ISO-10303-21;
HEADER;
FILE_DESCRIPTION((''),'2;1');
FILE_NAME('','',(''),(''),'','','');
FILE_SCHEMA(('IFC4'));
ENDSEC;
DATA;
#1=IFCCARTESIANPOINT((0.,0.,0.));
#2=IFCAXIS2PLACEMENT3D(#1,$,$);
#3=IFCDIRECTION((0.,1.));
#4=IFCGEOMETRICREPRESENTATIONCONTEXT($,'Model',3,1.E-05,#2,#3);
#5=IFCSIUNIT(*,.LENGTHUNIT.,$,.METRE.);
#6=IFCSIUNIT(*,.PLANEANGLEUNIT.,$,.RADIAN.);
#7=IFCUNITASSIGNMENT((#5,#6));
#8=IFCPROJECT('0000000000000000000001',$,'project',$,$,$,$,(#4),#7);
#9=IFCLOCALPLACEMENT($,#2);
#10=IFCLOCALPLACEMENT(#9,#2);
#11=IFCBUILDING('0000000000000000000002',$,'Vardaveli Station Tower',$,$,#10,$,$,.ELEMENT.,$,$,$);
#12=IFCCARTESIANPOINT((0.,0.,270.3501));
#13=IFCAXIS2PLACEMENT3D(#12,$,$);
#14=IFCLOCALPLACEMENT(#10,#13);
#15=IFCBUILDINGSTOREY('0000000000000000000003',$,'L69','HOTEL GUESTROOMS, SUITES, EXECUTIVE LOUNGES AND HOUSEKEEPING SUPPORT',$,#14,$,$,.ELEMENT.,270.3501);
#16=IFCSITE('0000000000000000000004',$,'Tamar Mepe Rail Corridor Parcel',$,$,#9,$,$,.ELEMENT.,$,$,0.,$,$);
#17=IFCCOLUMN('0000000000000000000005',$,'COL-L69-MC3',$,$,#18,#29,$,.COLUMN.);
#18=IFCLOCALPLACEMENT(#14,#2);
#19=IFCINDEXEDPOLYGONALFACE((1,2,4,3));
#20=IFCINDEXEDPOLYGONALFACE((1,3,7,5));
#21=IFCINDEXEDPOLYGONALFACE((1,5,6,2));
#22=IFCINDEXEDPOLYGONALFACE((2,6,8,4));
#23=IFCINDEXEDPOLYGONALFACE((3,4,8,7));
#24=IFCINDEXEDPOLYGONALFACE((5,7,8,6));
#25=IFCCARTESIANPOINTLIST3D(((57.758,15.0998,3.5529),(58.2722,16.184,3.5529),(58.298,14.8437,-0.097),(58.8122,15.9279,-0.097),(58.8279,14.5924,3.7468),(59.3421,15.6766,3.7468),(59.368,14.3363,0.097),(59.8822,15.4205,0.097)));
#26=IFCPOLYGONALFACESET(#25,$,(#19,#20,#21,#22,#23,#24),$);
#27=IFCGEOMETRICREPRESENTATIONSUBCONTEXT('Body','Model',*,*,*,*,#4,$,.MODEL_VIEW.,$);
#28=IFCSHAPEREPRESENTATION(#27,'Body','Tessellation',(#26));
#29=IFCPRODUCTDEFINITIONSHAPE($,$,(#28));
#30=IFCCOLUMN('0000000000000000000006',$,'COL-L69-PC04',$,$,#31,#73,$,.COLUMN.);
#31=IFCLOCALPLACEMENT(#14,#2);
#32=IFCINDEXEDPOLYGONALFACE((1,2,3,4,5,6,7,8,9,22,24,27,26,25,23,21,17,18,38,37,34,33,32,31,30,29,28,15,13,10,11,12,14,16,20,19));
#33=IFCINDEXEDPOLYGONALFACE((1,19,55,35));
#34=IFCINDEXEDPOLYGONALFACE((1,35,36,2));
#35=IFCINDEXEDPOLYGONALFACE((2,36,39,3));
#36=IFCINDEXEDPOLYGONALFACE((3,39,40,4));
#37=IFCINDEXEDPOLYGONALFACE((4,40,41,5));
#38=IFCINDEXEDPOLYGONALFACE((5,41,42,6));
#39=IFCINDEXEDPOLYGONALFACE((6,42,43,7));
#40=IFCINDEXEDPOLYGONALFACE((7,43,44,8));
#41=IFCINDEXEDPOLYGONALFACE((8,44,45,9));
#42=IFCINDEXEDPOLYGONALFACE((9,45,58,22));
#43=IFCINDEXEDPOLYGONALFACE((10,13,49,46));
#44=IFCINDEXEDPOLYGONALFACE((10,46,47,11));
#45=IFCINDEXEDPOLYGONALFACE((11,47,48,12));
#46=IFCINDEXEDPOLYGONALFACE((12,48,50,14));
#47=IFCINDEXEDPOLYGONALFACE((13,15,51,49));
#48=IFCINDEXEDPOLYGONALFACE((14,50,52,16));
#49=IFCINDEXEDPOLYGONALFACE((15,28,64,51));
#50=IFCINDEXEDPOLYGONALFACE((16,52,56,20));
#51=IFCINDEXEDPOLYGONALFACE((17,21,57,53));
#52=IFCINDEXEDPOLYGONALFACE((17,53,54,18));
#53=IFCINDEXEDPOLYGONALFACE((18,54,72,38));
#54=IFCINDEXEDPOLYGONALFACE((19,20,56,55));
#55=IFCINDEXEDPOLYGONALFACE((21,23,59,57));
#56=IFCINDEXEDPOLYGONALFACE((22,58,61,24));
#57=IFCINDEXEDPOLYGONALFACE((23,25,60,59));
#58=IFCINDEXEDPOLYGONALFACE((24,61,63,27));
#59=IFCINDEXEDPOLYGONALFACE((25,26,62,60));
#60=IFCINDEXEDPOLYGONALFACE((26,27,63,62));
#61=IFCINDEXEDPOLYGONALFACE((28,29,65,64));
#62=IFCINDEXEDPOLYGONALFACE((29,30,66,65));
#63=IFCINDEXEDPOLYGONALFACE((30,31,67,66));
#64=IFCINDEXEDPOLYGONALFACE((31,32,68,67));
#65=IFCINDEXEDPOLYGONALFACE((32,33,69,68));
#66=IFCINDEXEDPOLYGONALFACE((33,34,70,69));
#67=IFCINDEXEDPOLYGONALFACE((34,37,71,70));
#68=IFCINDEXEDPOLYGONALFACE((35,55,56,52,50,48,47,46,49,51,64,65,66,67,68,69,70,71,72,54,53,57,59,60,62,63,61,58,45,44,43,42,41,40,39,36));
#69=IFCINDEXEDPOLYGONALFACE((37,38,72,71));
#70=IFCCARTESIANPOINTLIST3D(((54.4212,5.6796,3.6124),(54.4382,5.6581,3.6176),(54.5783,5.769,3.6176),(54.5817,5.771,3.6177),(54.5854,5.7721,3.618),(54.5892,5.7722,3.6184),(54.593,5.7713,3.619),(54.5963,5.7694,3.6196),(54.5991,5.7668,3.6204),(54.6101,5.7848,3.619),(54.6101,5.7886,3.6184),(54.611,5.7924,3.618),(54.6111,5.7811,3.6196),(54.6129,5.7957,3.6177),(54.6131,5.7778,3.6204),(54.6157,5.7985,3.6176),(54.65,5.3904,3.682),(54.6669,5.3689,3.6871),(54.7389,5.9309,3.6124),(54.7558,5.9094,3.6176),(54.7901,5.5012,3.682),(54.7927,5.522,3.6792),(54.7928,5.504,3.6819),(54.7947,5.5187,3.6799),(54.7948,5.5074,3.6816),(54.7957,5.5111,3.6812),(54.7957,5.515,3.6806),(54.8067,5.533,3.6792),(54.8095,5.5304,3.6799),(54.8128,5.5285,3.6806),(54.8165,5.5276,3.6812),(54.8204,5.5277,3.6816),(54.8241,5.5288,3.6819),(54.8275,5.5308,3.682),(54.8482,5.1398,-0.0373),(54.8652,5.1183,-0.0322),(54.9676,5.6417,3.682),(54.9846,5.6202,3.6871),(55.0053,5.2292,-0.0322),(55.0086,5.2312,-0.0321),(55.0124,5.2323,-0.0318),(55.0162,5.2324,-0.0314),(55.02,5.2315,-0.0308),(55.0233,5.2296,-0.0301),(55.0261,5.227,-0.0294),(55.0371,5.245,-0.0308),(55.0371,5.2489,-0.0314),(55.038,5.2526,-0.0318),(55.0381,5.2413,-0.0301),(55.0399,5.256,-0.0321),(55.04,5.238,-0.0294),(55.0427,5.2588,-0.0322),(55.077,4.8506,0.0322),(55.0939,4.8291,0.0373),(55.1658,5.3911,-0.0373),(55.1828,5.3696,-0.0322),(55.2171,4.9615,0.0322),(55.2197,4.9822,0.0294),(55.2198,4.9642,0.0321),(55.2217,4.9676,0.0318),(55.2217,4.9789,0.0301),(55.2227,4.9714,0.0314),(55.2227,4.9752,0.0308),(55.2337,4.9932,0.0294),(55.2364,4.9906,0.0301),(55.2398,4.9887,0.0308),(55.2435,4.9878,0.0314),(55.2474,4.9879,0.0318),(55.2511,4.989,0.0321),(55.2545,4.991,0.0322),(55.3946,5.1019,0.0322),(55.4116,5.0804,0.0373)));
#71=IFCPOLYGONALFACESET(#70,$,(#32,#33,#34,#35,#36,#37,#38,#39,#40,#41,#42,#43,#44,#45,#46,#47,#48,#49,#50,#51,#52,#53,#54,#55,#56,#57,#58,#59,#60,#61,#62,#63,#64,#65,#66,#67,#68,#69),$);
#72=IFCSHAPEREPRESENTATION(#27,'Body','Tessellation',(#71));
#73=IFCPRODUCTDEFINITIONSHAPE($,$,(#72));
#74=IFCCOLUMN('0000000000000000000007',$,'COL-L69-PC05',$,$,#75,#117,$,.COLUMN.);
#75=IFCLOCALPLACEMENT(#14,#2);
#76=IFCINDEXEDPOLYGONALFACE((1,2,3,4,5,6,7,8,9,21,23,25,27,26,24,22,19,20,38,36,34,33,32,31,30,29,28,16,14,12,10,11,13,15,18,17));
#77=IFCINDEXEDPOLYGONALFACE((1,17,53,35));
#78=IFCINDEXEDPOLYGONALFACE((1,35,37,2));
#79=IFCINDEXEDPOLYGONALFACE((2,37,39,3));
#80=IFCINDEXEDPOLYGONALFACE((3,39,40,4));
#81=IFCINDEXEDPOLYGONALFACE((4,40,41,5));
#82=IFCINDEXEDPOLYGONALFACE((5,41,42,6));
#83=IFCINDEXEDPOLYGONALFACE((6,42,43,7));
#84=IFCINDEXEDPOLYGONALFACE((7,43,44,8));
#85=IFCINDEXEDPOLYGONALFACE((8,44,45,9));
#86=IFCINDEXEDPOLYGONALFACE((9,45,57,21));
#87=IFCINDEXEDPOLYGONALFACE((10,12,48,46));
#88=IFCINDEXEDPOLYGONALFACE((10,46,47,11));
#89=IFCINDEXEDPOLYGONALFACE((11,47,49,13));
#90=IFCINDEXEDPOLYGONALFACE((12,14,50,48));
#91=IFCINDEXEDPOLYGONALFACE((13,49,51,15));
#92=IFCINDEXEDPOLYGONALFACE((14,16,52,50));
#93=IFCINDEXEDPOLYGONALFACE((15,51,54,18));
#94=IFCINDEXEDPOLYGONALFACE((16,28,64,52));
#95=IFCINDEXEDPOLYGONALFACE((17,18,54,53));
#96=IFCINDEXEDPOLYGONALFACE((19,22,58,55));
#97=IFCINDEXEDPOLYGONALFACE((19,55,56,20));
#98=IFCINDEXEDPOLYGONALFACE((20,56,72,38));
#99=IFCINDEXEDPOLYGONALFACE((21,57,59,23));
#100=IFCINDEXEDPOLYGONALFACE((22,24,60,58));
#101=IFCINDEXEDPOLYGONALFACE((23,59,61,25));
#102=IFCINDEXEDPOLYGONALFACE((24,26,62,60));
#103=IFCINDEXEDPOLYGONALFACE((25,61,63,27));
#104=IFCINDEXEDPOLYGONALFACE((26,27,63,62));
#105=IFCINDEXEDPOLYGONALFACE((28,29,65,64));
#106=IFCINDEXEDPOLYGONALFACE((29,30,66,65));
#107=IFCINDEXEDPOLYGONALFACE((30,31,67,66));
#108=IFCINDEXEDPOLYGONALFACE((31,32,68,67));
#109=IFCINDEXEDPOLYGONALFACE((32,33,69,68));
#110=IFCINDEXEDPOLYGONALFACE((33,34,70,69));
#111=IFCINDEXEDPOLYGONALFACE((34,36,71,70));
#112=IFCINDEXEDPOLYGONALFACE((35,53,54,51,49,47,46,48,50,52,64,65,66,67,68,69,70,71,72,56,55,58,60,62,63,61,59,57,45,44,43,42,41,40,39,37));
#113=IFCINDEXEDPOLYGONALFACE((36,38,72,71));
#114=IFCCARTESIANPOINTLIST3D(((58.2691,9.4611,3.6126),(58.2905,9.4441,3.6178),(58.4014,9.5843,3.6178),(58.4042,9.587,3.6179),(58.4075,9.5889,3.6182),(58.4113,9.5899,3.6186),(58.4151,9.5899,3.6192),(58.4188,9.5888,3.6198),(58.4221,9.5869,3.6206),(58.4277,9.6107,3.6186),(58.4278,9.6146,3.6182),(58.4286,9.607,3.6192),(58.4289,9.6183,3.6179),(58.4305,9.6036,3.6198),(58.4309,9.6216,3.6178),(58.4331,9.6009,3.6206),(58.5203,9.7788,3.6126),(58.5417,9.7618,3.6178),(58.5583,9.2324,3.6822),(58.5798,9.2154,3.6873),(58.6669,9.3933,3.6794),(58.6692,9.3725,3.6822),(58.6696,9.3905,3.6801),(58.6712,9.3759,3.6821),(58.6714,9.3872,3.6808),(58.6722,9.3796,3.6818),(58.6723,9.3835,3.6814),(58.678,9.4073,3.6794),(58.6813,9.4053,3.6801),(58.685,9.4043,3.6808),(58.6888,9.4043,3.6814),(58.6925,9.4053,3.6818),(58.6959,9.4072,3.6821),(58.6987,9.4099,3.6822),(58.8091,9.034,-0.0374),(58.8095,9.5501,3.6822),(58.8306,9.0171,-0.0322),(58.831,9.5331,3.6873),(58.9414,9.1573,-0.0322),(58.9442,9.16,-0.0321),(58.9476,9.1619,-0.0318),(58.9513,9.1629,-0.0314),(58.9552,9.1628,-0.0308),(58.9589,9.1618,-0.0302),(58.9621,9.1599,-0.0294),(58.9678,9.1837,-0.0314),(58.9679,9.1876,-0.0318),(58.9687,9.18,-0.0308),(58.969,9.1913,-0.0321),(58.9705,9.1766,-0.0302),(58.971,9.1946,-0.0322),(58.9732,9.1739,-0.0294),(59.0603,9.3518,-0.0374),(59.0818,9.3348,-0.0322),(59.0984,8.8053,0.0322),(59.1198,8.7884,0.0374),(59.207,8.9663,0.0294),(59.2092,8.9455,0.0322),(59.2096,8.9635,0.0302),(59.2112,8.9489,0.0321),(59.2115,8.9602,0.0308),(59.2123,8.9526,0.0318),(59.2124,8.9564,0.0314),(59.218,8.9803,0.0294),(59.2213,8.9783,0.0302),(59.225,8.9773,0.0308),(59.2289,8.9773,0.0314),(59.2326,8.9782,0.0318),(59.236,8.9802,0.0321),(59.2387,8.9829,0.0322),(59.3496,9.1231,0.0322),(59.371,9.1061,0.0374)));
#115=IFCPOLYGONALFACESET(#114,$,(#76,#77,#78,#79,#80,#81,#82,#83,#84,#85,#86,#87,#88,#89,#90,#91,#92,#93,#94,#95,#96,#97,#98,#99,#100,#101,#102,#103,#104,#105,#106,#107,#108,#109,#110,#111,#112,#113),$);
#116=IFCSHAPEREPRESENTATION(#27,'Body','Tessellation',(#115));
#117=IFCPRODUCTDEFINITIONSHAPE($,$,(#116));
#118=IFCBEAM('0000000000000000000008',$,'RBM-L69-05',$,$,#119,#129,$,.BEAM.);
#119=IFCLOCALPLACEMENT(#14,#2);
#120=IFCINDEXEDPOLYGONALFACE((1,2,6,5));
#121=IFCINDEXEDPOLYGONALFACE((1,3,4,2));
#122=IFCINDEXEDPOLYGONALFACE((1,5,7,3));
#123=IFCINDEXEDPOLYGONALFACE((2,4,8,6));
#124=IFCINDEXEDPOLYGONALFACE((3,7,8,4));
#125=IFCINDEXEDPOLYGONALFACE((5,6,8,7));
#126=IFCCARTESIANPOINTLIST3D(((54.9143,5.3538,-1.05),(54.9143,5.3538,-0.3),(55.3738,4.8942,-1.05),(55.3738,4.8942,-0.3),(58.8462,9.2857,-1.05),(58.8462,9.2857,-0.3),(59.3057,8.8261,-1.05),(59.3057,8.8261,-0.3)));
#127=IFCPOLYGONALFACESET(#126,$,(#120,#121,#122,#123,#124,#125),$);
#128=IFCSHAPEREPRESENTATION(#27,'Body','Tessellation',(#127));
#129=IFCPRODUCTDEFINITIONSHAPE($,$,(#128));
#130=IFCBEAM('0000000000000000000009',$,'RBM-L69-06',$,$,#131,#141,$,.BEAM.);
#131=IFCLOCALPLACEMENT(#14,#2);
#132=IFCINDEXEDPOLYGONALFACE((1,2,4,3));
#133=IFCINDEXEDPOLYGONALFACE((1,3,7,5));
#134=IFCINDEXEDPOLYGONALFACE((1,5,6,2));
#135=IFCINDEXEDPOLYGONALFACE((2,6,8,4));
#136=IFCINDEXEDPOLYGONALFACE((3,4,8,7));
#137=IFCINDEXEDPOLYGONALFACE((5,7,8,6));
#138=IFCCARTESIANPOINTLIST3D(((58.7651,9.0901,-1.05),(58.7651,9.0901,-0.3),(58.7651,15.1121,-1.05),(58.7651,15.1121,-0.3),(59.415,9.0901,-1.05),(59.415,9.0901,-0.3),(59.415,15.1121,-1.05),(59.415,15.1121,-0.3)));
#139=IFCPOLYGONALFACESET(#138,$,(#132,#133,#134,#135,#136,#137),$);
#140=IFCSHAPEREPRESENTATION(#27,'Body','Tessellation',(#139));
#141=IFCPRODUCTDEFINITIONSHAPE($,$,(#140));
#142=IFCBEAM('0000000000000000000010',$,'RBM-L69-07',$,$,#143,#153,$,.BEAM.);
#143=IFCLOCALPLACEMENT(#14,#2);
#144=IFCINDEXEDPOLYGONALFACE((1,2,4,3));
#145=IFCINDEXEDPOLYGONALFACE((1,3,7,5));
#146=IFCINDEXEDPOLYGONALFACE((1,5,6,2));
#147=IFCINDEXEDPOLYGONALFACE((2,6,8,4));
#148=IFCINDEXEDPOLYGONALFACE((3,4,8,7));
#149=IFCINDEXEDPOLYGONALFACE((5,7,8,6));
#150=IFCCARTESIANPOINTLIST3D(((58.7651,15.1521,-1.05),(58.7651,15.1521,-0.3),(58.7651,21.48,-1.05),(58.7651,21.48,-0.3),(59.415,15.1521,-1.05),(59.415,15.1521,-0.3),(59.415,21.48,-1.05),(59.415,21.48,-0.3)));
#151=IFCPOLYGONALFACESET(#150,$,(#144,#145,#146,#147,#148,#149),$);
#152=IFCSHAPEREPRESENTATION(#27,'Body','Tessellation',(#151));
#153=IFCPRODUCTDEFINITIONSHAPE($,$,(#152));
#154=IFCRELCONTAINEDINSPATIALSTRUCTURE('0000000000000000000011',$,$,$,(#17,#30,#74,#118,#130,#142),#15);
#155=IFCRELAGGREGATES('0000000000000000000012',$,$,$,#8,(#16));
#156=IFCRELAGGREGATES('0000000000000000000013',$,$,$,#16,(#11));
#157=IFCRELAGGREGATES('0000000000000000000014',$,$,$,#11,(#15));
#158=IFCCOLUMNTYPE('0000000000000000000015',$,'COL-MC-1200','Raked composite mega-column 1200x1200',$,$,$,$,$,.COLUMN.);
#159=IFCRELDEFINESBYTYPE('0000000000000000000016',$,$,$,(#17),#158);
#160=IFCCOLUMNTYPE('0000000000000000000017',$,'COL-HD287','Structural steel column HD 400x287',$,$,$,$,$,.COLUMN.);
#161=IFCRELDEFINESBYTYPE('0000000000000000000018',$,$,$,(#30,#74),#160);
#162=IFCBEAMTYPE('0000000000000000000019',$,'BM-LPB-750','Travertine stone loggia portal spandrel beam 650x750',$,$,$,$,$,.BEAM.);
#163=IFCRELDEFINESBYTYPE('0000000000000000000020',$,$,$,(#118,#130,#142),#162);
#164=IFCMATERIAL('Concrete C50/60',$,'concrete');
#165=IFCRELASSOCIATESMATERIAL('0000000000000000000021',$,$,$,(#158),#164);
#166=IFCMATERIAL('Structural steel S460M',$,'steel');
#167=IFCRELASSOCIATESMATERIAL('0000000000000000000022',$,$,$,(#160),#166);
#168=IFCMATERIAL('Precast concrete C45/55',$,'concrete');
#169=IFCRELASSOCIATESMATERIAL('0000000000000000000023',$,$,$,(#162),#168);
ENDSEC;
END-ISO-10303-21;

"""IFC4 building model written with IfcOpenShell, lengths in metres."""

from ifc_helpers import new_model, si_unit, direction, frame, origin, origin_2d, place, context, subcontext, project, spatial, rectangle, i_section, extrude, source, transform, mapped, material, material_profile, profile_set, type_object, element, save


model = new_model("IFC4")

# Units and contexts
model_context = context("Model", 3, precision=1e-05, world=origin(), true_north=direction((0.0, 1.0)))
body_context = subcontext(model_context, "Body", "Model", "MODEL_VIEW")
ifc_project = project(units=[si_unit("LENGTHUNIT", "METRE"), si_unit("PLANEANGLEUNIT", "RADIAN")], contexts=[model_context])

# Site, building, storey
site_placement = place(None, origin())
site = spatial("IfcSite", under=ifc_project, at=site_placement, Name="Tamar Mepe Rail Corridor Parcel", CompositionType="ELEMENT", RefElevation=0.0)
building_placement = place(site_placement, origin())
building = spatial("IfcBuilding", under=site, at=building_placement, Name="Vardaveli Station Tower", CompositionType="ELEMENT")
storey_placement = place(building_placement, frame((0.0, 0.0, 270.3501)))
storey = spatial("IfcBuildingStorey", under=building, at=storey_placement, Name="L69", Description="HOTEL GUESTROOMS, SUITES, EXECUTIVE LOUNGES AND HOUSEKEEPING SUPPORT", CompositionType="ELEMENT", Elevation=270.3501)

# Columns
ifc_material_1 = material(Name="Concrete C50/60", Category="concrete")
ifc_material_profile_1 = material_profile(ifc_material_1, rectangle(XDim=1.2, YDim=1.2, at=origin_2d()), Name="MC 1200x1200")
ifc_profile_set_1 = profile_set([ifc_material_profile_1], Name="Concrete C50/60")
column_type_1 = type_object("IfcColumnType", Name="COL-MC-1200", Description="Raked composite mega-column 1200x1200", PredefinedType="COLUMN", material=ifc_profile_set_1)
shared_shape_1 = source(origin(), body_context, "Body", "SweptSolid", [
    extrude(rectangle(XDim=1.2, YDim=1.2, at=origin_2d()), origin(), (0.0, 0.0, 1.0), 3.6985),
])
column_1_placement = place(storey_placement, frame((59.0901, 15.1321, 0.0), z_axis=(-0.146015, 0.069245, 0.986856), x_axis=(-0.42849, -0.903546, 0.0)))
element("IfcColumn", 1, at=column_1_placement, inside=storey, type_object=column_type_1, Name="COL-L69-MC3", PredefinedType="COLUMN", context=body_context, shape_type="MappedRepresentation", body=[
    mapped(shared_shape_1, transform((0.0, 0.0, 0.0), scale=1.0)),
])
ifc_material_2 = material(Name="Structural steel S460M", Category="steel")
ifc_material_profile_2 = material_profile(ifc_material_2, i_section(OverallWidth=0.405, OverallDepth=0.4031, WebThickness=0.0178, FlangeThickness=0.0278, FilletRadius=0.0149, at=origin_2d()), Name="HD 400x287")
ifc_profile_set_2 = profile_set([ifc_material_profile_2], Name="Structural steel S460M")
column_type_2 = type_object("IfcColumnType", Name="COL-HD287", Description="Structural steel column HD 400x287", PredefinedType="COLUMN", material=ifc_profile_set_2)
shared_shape_2 = source(origin(), body_context, "Body", "SweptSolid", [
    extrude(i_section(OverallWidth=0.405, OverallDepth=0.4031, WebThickness=0.0178, FlangeThickness=0.0278, FilletRadius=0.0149, at=origin_2d()), origin(), (0.0, 0.0, 1.0), 3.7141),
])
column_2_placement = place(storey_placement, frame((55.1299, 5.1101, 0.0), z_axis=(-0.114964, 0.145332, 0.982681), x_axis=(-0.784283, -0.620403, 0.0)))
element("IfcColumn", 2, at=column_2_placement, inside=storey, type_object=column_type_2, Name="COL-L69-PC04", PredefinedType="COLUMN", context=body_context, shape_type="MappedRepresentation", body=[
    mapped(shared_shape_2, transform((0.0, 0.0, 0.0), scale=1.0)),
])
shared_shape_3 = source(origin(), body_context, "Body", "SweptSolid", [
    extrude(i_section(OverallWidth=0.405, OverallDepth=0.4031, WebThickness=0.0178, FlangeThickness=0.0278, FilletRadius=0.0149, at=origin_2d()), origin(), (0.0, 0.0, 1.0), 3.7144),
])
column_3_placement = place(storey_placement, frame((59.0901, 9.0701, 0.0), z_axis=(-0.145396, 0.114963, 0.982672), x_axis=(-0.620231, -0.78442, 0.0)))
element("IfcColumn", 3, at=column_3_placement, inside=storey, type_object=column_type_2, Name="COL-L69-PC05", PredefinedType="COLUMN", context=body_context, shape_type="MappedRepresentation", body=[
    mapped(shared_shape_3, transform((0.0, 0.0, 0.0), scale=1.0)),
])

# Beams
ifc_material_3 = material(Name="Precast concrete C45/55", Category="concrete")
ifc_material_profile_3 = material_profile(ifc_material_3, rectangle(XDim=0.6499, YDim=0.75, at=origin_2d()), Name="LPB 650x750")
ifc_profile_set_3 = profile_set([ifc_material_profile_3], Name="Precast concrete C45/55")
beam_type_1 = type_object("IfcBeamType", Name="BM-LPB-750", Description="Travertine stone loggia portal spandrel beam 650x750", PredefinedType="BEAM", material=ifc_profile_set_3)
shared_shape_4 = source(origin(), body_context, "Body", "SweptSolid", [
    extrude(rectangle(XDim=0.6499, YDim=0.75, at=origin_2d()), origin(), (0.0, 0.0, 1.0), 5.5605),
])
beam_1_placement = place(storey_placement, frame((55.144, 5.124, -0.675), z_axis=(0.707107, 0.707107, 0.0), x_axis=(-0.707107, 0.707107, 0.0)))
element("IfcBeam", 4, at=beam_1_placement, inside=storey, type_object=beam_type_1, Name="RBM-L69-05", PredefinedType="BEAM", context=body_context, shape_type="MappedRepresentation", body=[
    mapped(shared_shape_4, transform((0.0, 0.0, 0.0), scale=1.0)),
])
shared_shape_5 = source(origin(), body_context, "Body", "SweptSolid", [
    extrude(rectangle(XDim=0.6499, YDim=0.75, at=origin_2d()), origin(), (0.0, 0.0, 1.0), 6.022),
])
beam_2_placement = place(storey_placement, frame((59.0901, 9.0901, -0.675), z_axis=(0.0, 1.0, 0.0), x_axis=(-1.0, 0.0, 0.0)))
element("IfcBeam", 5, at=beam_2_placement, inside=storey, type_object=beam_type_1, Name="RBM-L69-06", PredefinedType="BEAM", context=body_context, shape_type="MappedRepresentation", body=[
    mapped(shared_shape_5, transform((0.0, 0.0, 0.0), scale=1.0)),
])
shared_shape_6 = source(origin(), body_context, "Body", "SweptSolid", [
    extrude(rectangle(XDim=0.6499, YDim=0.75, at=origin_2d()), origin(), (0.0, 0.0, 1.0), 6.3279),
])
beam_3_placement = place(storey_placement, frame((59.0901, 15.1521, -0.675), z_axis=(0.0, 1.0, 0.0), x_axis=(-1.0, 0.0, 0.0)))
element("IfcBeam", 6, at=beam_3_placement, inside=storey, type_object=beam_type_1, Name="RBM-L69-07", PredefinedType="BEAM", context=body_context, shape_type="MappedRepresentation", body=[
    mapped(shared_shape_6, transform((0.0, 0.0, 0.0), scale=1.0)),
])

save(model, "model.ifc")
